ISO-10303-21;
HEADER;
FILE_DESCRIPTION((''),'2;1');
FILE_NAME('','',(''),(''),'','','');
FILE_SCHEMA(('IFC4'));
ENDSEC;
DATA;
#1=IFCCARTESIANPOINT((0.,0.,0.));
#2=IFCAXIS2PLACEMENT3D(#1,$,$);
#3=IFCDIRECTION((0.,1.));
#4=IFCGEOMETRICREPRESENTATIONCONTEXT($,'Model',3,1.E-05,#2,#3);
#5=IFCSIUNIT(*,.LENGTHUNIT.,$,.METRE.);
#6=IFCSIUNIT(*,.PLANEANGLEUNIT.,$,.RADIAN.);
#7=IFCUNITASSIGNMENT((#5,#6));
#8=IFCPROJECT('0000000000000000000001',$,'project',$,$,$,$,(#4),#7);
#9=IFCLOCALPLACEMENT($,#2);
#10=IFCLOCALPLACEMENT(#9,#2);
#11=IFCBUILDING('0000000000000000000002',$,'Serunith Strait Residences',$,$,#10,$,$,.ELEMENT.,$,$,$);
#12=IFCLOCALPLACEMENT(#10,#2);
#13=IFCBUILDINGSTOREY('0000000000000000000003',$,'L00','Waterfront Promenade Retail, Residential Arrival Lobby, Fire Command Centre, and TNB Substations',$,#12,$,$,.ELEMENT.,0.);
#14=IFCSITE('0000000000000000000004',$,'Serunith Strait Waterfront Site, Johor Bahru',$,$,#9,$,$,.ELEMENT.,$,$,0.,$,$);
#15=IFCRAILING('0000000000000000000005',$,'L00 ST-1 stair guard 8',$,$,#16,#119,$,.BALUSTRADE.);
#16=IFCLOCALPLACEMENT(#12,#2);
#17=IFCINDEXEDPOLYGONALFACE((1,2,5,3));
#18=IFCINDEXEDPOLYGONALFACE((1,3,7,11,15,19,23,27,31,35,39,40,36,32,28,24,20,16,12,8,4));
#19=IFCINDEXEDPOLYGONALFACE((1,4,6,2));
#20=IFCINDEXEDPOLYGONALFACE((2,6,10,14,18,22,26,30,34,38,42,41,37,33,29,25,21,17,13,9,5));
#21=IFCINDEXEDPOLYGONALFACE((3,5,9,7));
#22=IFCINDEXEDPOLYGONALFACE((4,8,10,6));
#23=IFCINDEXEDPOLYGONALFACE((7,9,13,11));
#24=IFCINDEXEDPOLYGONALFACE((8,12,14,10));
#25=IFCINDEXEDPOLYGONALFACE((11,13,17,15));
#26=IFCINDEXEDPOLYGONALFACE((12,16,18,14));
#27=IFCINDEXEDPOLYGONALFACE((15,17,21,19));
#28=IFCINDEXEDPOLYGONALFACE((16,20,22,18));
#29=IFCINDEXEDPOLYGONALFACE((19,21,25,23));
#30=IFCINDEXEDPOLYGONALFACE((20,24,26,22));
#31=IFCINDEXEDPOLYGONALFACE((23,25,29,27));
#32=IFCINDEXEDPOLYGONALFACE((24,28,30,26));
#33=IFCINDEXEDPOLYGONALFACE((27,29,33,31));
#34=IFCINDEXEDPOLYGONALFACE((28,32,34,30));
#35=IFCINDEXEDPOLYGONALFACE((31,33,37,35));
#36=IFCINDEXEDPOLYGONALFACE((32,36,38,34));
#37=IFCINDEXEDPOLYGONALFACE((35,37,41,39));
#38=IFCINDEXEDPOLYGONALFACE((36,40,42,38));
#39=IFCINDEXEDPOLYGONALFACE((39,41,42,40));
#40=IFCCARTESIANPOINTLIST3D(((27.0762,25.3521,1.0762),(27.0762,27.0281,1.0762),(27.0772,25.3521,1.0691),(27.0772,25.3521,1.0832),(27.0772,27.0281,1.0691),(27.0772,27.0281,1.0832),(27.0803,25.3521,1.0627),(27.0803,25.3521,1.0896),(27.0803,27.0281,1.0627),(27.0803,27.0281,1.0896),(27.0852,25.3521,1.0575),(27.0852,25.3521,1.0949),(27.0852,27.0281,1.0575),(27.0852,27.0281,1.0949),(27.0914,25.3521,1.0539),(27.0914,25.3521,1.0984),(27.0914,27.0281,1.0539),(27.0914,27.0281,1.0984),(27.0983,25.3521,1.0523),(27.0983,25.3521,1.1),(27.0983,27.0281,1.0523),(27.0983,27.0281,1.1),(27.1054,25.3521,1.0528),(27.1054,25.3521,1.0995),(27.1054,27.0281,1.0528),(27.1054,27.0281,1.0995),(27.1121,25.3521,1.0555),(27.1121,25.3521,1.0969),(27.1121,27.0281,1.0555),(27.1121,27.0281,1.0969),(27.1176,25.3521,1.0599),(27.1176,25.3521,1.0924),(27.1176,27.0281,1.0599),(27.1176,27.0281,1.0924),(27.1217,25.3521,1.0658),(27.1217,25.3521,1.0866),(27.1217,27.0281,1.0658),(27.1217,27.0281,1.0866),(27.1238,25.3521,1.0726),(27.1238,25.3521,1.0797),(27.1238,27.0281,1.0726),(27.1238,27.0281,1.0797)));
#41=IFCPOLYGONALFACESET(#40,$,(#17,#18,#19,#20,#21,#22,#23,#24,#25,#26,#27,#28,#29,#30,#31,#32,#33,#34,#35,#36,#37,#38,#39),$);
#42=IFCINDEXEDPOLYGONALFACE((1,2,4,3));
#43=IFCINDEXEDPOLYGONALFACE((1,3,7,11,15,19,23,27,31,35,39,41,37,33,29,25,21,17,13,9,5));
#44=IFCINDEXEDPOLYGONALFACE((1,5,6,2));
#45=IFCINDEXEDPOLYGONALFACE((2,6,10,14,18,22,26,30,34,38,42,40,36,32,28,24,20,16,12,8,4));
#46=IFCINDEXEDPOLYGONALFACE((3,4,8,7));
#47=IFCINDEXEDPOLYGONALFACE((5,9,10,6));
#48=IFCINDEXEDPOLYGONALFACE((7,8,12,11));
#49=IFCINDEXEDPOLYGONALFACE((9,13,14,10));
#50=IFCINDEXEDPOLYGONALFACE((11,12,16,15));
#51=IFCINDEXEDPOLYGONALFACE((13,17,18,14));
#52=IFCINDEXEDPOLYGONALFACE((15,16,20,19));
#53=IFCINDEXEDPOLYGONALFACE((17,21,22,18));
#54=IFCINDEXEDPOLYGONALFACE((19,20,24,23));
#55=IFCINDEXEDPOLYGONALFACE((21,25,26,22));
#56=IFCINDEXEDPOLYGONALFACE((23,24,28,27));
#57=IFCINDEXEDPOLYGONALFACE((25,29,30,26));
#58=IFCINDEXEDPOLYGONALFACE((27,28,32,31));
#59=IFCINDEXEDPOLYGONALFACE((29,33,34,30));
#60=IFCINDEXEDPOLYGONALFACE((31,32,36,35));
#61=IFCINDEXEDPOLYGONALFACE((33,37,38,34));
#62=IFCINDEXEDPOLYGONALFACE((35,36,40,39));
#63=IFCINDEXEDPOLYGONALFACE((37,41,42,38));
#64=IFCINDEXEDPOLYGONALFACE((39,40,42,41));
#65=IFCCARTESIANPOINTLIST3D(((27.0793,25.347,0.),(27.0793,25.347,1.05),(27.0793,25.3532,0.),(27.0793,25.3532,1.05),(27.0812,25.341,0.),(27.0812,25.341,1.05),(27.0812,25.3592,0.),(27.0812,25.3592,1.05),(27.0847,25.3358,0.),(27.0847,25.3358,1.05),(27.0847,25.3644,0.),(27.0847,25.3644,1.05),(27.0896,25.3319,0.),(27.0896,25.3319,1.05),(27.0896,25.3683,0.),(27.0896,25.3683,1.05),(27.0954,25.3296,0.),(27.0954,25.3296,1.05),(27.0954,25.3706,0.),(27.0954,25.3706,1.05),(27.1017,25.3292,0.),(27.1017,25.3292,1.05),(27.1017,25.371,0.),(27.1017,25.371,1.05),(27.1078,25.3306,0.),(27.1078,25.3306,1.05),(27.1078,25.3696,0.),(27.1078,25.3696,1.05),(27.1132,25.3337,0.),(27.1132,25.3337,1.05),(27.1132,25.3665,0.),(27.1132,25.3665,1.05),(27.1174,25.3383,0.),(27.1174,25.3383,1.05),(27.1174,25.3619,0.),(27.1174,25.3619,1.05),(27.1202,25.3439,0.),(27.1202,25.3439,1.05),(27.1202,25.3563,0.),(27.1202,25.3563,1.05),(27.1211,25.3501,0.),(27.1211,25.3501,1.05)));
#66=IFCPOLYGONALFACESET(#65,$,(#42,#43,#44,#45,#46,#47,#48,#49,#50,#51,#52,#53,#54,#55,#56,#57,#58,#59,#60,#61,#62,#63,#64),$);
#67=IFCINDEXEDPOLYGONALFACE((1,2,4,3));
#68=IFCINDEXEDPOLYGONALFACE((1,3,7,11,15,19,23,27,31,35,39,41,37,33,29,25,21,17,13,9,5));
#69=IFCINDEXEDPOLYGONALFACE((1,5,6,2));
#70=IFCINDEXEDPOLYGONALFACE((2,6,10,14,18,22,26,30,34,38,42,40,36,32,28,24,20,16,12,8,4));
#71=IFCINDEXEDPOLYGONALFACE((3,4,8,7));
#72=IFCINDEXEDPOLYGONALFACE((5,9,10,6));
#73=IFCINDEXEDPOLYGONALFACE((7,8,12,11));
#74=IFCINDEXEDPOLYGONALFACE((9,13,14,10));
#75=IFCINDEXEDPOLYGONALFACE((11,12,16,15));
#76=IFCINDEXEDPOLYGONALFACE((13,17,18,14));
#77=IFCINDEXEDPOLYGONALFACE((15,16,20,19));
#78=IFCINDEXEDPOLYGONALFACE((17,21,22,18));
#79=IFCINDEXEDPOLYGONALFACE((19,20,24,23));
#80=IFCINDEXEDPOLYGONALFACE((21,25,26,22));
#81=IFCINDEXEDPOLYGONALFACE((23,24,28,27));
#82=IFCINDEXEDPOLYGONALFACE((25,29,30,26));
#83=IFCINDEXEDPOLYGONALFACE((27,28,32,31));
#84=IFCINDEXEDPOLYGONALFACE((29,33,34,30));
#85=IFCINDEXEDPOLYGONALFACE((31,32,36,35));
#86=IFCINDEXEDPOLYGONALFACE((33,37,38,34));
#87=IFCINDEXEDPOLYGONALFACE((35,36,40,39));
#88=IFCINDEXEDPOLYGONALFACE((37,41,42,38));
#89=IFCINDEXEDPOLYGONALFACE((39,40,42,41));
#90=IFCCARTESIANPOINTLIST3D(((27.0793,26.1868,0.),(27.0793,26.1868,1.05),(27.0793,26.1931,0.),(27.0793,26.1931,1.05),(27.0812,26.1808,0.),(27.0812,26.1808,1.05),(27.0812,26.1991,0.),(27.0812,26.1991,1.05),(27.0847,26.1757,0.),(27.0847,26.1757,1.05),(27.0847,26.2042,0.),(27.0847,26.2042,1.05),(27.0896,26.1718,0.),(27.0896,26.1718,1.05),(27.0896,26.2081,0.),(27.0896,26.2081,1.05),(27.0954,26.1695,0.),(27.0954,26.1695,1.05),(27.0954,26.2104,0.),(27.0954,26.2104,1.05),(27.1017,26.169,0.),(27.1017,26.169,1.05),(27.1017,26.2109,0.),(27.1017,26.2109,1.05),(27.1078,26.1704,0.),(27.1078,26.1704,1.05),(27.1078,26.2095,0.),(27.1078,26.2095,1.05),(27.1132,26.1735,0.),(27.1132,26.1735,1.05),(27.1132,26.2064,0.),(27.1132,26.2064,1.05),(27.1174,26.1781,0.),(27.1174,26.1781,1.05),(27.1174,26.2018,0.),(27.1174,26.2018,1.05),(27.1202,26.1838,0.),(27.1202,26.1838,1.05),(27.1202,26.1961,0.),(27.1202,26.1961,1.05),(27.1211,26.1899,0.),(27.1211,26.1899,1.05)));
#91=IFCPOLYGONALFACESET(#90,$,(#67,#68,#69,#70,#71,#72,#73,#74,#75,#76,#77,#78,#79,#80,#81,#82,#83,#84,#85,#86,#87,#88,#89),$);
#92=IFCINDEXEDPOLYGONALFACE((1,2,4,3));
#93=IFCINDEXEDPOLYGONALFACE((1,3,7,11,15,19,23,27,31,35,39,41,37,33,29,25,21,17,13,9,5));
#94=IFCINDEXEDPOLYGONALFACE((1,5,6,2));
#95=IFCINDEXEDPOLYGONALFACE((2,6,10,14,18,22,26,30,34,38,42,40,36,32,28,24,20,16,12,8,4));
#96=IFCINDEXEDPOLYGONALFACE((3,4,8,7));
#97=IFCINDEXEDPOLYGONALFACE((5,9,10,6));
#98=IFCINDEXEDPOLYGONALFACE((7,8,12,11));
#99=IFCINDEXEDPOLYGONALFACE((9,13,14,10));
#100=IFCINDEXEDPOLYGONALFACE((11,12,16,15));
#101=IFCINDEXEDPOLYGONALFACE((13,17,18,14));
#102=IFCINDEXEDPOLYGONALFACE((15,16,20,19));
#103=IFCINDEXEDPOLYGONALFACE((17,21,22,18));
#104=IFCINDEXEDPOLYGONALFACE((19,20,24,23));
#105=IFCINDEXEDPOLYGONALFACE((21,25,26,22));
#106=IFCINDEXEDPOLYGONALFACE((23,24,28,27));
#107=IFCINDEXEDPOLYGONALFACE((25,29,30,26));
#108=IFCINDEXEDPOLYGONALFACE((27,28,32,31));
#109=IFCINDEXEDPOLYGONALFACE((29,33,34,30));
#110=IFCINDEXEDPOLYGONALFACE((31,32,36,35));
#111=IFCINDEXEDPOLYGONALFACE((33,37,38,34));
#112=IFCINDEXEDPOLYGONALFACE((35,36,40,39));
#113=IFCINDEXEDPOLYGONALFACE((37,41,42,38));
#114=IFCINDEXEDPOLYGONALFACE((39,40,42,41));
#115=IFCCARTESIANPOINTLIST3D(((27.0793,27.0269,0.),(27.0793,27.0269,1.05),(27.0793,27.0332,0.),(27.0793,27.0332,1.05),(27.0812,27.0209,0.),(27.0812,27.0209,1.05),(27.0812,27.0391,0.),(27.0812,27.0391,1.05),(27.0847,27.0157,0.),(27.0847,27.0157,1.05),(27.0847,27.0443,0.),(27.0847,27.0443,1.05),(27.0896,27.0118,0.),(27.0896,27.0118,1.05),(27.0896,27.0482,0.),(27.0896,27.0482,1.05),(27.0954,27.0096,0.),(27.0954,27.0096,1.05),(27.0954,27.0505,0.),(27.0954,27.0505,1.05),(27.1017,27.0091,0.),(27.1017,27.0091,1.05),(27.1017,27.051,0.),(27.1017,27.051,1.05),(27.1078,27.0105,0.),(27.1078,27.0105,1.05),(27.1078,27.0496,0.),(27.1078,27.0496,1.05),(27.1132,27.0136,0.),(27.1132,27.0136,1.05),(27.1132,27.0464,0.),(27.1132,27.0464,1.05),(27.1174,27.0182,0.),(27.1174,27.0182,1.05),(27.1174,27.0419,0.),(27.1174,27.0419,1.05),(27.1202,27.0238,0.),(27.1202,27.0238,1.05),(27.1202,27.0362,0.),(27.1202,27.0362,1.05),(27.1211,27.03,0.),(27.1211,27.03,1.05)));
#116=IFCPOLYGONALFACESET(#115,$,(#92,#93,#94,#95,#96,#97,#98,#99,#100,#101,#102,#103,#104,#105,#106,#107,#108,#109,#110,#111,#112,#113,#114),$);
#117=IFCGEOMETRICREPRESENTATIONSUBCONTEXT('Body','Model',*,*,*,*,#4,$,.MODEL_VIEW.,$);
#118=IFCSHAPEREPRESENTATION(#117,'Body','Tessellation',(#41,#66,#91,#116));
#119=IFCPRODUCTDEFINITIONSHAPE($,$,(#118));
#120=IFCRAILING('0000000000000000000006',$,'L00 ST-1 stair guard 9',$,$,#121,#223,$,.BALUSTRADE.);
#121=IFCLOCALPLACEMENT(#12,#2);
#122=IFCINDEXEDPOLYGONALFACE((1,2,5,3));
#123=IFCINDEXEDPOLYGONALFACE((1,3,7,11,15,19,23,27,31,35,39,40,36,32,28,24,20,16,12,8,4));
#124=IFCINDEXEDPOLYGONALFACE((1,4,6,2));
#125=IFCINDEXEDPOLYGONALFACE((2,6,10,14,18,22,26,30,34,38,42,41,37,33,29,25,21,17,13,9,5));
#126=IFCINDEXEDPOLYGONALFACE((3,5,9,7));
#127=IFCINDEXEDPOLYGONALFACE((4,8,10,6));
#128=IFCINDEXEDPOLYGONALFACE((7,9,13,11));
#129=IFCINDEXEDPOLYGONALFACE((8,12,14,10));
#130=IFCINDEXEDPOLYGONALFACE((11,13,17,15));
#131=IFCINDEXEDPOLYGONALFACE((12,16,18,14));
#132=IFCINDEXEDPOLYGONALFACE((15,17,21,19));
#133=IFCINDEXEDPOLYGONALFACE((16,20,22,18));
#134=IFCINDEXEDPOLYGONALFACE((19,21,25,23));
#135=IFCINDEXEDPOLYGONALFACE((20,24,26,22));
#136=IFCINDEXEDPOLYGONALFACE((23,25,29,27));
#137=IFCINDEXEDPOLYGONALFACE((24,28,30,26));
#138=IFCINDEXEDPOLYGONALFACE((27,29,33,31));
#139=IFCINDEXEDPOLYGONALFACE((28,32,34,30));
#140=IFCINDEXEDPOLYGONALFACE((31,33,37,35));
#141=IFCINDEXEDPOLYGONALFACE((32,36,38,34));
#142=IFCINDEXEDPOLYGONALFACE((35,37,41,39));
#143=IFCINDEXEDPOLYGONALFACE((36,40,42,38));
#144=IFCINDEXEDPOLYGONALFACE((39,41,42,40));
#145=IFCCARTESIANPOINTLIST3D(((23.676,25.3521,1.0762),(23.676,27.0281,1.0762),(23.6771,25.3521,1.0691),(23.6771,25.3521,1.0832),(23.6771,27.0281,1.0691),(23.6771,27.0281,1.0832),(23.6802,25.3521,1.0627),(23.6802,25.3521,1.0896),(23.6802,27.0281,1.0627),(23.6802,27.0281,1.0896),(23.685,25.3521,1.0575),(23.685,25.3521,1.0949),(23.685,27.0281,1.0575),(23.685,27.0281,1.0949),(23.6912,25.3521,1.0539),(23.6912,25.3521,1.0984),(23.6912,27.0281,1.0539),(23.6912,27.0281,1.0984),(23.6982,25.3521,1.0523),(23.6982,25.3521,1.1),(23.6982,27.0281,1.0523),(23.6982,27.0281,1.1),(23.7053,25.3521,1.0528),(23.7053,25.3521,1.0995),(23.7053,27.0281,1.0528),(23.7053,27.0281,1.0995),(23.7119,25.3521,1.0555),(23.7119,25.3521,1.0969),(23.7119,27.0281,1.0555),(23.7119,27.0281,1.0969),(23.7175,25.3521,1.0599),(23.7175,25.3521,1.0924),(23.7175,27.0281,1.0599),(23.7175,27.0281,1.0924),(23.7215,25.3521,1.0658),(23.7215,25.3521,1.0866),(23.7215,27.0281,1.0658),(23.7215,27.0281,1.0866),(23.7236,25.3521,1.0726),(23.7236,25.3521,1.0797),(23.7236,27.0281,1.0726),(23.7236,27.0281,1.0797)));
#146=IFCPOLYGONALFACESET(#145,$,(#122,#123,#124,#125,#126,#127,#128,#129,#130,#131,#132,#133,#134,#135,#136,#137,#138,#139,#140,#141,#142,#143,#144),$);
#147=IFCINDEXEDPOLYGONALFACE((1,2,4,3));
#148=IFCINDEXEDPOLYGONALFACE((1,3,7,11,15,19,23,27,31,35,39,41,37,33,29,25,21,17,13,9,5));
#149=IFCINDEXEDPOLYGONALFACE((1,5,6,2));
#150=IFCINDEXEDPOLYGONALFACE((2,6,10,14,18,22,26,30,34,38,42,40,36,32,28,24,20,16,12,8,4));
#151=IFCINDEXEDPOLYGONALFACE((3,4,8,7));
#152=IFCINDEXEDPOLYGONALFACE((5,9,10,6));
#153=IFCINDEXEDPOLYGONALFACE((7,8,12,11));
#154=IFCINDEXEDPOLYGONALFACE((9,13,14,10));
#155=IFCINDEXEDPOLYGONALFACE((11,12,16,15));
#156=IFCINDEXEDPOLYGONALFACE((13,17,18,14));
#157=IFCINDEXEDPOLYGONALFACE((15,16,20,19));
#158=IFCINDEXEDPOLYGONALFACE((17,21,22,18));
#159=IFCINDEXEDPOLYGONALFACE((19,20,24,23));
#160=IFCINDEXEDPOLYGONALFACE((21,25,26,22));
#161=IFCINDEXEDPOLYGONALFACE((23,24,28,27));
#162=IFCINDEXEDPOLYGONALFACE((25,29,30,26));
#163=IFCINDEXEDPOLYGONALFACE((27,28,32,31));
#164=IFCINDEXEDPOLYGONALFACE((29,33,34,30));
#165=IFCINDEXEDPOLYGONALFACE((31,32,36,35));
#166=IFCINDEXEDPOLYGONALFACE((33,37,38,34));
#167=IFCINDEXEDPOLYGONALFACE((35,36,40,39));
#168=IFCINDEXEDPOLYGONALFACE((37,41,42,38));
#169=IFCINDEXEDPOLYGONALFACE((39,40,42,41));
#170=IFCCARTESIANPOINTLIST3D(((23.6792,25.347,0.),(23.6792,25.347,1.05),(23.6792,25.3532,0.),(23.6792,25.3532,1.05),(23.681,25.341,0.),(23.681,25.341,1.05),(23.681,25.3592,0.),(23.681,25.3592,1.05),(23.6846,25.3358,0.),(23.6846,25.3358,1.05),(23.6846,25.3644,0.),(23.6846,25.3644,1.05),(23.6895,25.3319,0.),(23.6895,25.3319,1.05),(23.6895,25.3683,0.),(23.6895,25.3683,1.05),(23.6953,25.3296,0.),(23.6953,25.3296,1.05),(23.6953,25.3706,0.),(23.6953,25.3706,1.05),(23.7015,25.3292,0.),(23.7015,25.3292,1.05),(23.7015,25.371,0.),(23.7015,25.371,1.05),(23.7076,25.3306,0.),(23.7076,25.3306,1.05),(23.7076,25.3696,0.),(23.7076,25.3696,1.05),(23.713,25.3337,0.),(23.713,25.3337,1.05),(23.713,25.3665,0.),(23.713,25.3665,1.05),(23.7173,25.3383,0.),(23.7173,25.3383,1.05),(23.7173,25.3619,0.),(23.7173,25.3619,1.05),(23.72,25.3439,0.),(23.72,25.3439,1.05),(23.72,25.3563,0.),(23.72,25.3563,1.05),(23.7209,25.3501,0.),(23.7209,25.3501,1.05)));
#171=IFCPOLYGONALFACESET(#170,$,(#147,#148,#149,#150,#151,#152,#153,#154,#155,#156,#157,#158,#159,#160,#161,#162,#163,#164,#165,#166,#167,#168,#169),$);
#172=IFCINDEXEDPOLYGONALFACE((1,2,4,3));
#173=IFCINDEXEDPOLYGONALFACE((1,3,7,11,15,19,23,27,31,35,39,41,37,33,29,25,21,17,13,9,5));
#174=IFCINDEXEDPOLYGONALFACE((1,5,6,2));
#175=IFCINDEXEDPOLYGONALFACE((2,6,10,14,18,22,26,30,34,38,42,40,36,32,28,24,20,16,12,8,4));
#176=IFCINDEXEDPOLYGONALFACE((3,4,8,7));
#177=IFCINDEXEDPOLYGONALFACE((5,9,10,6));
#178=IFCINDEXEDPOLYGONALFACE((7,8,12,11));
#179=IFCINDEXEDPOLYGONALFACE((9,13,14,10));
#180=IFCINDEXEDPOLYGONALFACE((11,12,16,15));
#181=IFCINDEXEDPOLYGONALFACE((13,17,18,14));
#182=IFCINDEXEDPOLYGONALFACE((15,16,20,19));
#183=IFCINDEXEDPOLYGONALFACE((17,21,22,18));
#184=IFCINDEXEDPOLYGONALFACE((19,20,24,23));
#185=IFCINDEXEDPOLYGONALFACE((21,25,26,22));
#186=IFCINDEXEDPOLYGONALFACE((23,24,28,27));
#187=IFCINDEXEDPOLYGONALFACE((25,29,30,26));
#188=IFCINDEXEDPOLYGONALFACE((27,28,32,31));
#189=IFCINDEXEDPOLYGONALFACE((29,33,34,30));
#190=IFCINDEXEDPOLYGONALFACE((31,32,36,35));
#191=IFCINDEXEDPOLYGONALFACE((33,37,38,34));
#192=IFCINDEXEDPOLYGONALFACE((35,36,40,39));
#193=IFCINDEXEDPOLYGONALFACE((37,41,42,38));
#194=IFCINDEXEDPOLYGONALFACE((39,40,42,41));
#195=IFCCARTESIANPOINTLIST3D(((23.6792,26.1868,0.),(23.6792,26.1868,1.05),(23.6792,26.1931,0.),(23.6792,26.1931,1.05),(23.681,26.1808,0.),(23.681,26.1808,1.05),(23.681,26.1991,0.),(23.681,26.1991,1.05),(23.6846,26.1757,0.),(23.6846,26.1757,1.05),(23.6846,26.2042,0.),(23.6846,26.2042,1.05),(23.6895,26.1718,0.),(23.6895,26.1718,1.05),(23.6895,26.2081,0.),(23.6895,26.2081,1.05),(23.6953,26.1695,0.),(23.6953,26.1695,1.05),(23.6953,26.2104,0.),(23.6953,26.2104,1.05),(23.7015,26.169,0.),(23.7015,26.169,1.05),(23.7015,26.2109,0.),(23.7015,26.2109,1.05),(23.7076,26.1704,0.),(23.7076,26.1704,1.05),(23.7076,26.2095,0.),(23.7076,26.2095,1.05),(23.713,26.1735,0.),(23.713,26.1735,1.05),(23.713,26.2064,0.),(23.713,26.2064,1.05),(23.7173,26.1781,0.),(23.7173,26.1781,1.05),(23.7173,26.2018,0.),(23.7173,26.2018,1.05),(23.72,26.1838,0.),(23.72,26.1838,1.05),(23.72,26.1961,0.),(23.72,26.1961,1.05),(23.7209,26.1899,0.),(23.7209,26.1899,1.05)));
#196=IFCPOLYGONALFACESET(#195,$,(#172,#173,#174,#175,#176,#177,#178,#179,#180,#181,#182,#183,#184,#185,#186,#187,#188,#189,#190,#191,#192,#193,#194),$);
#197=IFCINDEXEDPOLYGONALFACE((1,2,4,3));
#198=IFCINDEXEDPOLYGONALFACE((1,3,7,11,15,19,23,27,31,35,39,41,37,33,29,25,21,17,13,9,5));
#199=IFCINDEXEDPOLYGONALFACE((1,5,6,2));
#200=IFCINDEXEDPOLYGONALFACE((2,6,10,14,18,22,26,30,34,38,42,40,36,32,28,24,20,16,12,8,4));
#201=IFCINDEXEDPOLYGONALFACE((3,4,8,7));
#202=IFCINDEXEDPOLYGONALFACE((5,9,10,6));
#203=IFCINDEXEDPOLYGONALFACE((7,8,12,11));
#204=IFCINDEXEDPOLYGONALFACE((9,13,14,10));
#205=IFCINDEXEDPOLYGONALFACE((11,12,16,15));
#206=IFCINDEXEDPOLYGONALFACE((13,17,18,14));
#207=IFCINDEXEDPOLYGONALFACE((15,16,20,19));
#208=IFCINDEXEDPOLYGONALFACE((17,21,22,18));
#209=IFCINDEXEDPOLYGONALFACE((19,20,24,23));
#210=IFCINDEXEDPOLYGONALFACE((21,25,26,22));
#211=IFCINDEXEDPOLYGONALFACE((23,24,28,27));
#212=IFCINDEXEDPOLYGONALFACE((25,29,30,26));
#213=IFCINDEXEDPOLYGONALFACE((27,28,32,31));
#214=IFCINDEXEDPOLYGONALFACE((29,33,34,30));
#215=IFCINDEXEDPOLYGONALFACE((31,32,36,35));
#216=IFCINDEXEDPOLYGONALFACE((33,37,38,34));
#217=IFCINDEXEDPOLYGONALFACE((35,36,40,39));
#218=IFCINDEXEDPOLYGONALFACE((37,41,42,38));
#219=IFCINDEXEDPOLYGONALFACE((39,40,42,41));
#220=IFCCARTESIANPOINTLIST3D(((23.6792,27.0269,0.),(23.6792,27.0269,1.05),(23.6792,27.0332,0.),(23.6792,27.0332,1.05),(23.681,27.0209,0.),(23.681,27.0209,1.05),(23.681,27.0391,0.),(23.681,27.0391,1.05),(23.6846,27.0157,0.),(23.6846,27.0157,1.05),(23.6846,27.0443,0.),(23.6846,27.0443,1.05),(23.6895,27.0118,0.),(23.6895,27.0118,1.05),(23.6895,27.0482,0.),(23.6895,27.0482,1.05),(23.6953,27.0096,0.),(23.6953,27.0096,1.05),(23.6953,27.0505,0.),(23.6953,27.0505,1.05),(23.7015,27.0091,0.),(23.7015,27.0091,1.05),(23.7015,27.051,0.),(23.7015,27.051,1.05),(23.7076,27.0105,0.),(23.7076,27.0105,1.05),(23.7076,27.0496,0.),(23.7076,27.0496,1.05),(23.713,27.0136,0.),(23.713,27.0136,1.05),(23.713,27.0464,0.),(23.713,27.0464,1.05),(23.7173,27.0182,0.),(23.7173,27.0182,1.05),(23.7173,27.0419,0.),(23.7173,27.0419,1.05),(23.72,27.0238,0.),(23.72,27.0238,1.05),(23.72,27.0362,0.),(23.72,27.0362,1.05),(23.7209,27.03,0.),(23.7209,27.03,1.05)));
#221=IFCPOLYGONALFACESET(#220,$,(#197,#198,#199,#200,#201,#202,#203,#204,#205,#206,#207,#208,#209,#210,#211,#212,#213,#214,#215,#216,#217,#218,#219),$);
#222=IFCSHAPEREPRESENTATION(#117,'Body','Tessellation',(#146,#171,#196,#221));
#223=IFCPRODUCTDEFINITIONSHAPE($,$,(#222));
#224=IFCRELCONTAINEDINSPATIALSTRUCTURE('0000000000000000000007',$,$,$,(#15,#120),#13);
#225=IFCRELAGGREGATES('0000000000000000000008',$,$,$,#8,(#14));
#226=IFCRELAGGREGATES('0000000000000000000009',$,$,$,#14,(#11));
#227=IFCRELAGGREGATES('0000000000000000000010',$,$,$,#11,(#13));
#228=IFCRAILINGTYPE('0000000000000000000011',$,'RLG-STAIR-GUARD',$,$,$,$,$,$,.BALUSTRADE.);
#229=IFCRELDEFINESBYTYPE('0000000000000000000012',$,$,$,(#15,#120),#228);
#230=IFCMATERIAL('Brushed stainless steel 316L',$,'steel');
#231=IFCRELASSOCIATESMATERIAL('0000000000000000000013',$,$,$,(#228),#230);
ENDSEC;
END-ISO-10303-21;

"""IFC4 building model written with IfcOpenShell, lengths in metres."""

from ifc_helpers import new_model, si_unit, direction, frame, origin, origin_2d, place, context, subcontext, project, spatial, circle, extrude, material, type_object, element, save


model = new_model("IFC4")

# Units and contexts
model_context = context("Model", 3, precision=1e-05, world=origin(), true_north=direction((0.0, 1.0)))
body_context = subcontext(model_context, "Body", "Model", "MODEL_VIEW")
ifc_project = project(units=[si_unit("LENGTHUNIT", "METRE"), si_unit("PLANEANGLEUNIT", "RADIAN")], contexts=[model_context])

# Site, building, storey
site_placement = place(None, origin())
site = spatial("IfcSite", under=ifc_project, at=site_placement, Name="Serunith Strait Waterfront Site, Johor Bahru", CompositionType="ELEMENT", RefElevation=0.0)
building_placement = place(site_placement, origin())
building = spatial("IfcBuilding", under=site, at=building_placement, Name="Serunith Strait Residences", CompositionType="ELEMENT")
storey_placement = place(building_placement, origin())
storey = spatial("IfcBuildingStorey", under=building, at=storey_placement, Name="L00", Description="Waterfront Promenade Retail, Residential Arrival Lobby, Fire Command Centre, and TNB Substations", CompositionType="ELEMENT", Elevation=0.0)

# Railings
ifc_material_1 = material(Name="Brushed stainless steel 316L", Category="steel")
railing_type = type_object("IfcRailingType", Name="RLG-STAIR-GUARD", PredefinedType="BALUSTRADE", material=ifc_material_1)
for number, where, name in (
    (1, (27.1001, 25.3501, 0.0), "L00 ST-1 stair guard 8"),
    (2, (23.7, 25.3501, 0.0), "L00 ST-1 stair guard 9"),
):
    element("IfcRailing", number, at=place(storey_placement, frame(where)), inside=storey, type_object=railing_type, Name=name, PredefinedType="BALUSTRADE", context=body_context, shape_type="SweptSolid", body=[
        extrude(circle(Radius=0.0239, at=origin_2d()), frame((0.0, 0.002, 1.0762), z_axis=(0.0, 1.0, 0.0), x_axis=(-1.0, 0.0, 0.0)), (0.0, 0.0, 1.0), 1.676),
        extrude(circle(Radius=0.021, at=origin_2d()), origin(), (0.0, 0.0, 1.0), 1.05),
        extrude(circle(Radius=0.021, at=origin_2d()), frame((0.0, 0.8398, 0.0)), (0.0, 0.0, 1.0), 1.05),
        extrude(circle(Radius=0.021, at=origin_2d()), frame((0.0, 1.6799, 0.0)), (0.0, 0.0, 1.0), 1.05),
    ])

save(model, "model.ifc")
